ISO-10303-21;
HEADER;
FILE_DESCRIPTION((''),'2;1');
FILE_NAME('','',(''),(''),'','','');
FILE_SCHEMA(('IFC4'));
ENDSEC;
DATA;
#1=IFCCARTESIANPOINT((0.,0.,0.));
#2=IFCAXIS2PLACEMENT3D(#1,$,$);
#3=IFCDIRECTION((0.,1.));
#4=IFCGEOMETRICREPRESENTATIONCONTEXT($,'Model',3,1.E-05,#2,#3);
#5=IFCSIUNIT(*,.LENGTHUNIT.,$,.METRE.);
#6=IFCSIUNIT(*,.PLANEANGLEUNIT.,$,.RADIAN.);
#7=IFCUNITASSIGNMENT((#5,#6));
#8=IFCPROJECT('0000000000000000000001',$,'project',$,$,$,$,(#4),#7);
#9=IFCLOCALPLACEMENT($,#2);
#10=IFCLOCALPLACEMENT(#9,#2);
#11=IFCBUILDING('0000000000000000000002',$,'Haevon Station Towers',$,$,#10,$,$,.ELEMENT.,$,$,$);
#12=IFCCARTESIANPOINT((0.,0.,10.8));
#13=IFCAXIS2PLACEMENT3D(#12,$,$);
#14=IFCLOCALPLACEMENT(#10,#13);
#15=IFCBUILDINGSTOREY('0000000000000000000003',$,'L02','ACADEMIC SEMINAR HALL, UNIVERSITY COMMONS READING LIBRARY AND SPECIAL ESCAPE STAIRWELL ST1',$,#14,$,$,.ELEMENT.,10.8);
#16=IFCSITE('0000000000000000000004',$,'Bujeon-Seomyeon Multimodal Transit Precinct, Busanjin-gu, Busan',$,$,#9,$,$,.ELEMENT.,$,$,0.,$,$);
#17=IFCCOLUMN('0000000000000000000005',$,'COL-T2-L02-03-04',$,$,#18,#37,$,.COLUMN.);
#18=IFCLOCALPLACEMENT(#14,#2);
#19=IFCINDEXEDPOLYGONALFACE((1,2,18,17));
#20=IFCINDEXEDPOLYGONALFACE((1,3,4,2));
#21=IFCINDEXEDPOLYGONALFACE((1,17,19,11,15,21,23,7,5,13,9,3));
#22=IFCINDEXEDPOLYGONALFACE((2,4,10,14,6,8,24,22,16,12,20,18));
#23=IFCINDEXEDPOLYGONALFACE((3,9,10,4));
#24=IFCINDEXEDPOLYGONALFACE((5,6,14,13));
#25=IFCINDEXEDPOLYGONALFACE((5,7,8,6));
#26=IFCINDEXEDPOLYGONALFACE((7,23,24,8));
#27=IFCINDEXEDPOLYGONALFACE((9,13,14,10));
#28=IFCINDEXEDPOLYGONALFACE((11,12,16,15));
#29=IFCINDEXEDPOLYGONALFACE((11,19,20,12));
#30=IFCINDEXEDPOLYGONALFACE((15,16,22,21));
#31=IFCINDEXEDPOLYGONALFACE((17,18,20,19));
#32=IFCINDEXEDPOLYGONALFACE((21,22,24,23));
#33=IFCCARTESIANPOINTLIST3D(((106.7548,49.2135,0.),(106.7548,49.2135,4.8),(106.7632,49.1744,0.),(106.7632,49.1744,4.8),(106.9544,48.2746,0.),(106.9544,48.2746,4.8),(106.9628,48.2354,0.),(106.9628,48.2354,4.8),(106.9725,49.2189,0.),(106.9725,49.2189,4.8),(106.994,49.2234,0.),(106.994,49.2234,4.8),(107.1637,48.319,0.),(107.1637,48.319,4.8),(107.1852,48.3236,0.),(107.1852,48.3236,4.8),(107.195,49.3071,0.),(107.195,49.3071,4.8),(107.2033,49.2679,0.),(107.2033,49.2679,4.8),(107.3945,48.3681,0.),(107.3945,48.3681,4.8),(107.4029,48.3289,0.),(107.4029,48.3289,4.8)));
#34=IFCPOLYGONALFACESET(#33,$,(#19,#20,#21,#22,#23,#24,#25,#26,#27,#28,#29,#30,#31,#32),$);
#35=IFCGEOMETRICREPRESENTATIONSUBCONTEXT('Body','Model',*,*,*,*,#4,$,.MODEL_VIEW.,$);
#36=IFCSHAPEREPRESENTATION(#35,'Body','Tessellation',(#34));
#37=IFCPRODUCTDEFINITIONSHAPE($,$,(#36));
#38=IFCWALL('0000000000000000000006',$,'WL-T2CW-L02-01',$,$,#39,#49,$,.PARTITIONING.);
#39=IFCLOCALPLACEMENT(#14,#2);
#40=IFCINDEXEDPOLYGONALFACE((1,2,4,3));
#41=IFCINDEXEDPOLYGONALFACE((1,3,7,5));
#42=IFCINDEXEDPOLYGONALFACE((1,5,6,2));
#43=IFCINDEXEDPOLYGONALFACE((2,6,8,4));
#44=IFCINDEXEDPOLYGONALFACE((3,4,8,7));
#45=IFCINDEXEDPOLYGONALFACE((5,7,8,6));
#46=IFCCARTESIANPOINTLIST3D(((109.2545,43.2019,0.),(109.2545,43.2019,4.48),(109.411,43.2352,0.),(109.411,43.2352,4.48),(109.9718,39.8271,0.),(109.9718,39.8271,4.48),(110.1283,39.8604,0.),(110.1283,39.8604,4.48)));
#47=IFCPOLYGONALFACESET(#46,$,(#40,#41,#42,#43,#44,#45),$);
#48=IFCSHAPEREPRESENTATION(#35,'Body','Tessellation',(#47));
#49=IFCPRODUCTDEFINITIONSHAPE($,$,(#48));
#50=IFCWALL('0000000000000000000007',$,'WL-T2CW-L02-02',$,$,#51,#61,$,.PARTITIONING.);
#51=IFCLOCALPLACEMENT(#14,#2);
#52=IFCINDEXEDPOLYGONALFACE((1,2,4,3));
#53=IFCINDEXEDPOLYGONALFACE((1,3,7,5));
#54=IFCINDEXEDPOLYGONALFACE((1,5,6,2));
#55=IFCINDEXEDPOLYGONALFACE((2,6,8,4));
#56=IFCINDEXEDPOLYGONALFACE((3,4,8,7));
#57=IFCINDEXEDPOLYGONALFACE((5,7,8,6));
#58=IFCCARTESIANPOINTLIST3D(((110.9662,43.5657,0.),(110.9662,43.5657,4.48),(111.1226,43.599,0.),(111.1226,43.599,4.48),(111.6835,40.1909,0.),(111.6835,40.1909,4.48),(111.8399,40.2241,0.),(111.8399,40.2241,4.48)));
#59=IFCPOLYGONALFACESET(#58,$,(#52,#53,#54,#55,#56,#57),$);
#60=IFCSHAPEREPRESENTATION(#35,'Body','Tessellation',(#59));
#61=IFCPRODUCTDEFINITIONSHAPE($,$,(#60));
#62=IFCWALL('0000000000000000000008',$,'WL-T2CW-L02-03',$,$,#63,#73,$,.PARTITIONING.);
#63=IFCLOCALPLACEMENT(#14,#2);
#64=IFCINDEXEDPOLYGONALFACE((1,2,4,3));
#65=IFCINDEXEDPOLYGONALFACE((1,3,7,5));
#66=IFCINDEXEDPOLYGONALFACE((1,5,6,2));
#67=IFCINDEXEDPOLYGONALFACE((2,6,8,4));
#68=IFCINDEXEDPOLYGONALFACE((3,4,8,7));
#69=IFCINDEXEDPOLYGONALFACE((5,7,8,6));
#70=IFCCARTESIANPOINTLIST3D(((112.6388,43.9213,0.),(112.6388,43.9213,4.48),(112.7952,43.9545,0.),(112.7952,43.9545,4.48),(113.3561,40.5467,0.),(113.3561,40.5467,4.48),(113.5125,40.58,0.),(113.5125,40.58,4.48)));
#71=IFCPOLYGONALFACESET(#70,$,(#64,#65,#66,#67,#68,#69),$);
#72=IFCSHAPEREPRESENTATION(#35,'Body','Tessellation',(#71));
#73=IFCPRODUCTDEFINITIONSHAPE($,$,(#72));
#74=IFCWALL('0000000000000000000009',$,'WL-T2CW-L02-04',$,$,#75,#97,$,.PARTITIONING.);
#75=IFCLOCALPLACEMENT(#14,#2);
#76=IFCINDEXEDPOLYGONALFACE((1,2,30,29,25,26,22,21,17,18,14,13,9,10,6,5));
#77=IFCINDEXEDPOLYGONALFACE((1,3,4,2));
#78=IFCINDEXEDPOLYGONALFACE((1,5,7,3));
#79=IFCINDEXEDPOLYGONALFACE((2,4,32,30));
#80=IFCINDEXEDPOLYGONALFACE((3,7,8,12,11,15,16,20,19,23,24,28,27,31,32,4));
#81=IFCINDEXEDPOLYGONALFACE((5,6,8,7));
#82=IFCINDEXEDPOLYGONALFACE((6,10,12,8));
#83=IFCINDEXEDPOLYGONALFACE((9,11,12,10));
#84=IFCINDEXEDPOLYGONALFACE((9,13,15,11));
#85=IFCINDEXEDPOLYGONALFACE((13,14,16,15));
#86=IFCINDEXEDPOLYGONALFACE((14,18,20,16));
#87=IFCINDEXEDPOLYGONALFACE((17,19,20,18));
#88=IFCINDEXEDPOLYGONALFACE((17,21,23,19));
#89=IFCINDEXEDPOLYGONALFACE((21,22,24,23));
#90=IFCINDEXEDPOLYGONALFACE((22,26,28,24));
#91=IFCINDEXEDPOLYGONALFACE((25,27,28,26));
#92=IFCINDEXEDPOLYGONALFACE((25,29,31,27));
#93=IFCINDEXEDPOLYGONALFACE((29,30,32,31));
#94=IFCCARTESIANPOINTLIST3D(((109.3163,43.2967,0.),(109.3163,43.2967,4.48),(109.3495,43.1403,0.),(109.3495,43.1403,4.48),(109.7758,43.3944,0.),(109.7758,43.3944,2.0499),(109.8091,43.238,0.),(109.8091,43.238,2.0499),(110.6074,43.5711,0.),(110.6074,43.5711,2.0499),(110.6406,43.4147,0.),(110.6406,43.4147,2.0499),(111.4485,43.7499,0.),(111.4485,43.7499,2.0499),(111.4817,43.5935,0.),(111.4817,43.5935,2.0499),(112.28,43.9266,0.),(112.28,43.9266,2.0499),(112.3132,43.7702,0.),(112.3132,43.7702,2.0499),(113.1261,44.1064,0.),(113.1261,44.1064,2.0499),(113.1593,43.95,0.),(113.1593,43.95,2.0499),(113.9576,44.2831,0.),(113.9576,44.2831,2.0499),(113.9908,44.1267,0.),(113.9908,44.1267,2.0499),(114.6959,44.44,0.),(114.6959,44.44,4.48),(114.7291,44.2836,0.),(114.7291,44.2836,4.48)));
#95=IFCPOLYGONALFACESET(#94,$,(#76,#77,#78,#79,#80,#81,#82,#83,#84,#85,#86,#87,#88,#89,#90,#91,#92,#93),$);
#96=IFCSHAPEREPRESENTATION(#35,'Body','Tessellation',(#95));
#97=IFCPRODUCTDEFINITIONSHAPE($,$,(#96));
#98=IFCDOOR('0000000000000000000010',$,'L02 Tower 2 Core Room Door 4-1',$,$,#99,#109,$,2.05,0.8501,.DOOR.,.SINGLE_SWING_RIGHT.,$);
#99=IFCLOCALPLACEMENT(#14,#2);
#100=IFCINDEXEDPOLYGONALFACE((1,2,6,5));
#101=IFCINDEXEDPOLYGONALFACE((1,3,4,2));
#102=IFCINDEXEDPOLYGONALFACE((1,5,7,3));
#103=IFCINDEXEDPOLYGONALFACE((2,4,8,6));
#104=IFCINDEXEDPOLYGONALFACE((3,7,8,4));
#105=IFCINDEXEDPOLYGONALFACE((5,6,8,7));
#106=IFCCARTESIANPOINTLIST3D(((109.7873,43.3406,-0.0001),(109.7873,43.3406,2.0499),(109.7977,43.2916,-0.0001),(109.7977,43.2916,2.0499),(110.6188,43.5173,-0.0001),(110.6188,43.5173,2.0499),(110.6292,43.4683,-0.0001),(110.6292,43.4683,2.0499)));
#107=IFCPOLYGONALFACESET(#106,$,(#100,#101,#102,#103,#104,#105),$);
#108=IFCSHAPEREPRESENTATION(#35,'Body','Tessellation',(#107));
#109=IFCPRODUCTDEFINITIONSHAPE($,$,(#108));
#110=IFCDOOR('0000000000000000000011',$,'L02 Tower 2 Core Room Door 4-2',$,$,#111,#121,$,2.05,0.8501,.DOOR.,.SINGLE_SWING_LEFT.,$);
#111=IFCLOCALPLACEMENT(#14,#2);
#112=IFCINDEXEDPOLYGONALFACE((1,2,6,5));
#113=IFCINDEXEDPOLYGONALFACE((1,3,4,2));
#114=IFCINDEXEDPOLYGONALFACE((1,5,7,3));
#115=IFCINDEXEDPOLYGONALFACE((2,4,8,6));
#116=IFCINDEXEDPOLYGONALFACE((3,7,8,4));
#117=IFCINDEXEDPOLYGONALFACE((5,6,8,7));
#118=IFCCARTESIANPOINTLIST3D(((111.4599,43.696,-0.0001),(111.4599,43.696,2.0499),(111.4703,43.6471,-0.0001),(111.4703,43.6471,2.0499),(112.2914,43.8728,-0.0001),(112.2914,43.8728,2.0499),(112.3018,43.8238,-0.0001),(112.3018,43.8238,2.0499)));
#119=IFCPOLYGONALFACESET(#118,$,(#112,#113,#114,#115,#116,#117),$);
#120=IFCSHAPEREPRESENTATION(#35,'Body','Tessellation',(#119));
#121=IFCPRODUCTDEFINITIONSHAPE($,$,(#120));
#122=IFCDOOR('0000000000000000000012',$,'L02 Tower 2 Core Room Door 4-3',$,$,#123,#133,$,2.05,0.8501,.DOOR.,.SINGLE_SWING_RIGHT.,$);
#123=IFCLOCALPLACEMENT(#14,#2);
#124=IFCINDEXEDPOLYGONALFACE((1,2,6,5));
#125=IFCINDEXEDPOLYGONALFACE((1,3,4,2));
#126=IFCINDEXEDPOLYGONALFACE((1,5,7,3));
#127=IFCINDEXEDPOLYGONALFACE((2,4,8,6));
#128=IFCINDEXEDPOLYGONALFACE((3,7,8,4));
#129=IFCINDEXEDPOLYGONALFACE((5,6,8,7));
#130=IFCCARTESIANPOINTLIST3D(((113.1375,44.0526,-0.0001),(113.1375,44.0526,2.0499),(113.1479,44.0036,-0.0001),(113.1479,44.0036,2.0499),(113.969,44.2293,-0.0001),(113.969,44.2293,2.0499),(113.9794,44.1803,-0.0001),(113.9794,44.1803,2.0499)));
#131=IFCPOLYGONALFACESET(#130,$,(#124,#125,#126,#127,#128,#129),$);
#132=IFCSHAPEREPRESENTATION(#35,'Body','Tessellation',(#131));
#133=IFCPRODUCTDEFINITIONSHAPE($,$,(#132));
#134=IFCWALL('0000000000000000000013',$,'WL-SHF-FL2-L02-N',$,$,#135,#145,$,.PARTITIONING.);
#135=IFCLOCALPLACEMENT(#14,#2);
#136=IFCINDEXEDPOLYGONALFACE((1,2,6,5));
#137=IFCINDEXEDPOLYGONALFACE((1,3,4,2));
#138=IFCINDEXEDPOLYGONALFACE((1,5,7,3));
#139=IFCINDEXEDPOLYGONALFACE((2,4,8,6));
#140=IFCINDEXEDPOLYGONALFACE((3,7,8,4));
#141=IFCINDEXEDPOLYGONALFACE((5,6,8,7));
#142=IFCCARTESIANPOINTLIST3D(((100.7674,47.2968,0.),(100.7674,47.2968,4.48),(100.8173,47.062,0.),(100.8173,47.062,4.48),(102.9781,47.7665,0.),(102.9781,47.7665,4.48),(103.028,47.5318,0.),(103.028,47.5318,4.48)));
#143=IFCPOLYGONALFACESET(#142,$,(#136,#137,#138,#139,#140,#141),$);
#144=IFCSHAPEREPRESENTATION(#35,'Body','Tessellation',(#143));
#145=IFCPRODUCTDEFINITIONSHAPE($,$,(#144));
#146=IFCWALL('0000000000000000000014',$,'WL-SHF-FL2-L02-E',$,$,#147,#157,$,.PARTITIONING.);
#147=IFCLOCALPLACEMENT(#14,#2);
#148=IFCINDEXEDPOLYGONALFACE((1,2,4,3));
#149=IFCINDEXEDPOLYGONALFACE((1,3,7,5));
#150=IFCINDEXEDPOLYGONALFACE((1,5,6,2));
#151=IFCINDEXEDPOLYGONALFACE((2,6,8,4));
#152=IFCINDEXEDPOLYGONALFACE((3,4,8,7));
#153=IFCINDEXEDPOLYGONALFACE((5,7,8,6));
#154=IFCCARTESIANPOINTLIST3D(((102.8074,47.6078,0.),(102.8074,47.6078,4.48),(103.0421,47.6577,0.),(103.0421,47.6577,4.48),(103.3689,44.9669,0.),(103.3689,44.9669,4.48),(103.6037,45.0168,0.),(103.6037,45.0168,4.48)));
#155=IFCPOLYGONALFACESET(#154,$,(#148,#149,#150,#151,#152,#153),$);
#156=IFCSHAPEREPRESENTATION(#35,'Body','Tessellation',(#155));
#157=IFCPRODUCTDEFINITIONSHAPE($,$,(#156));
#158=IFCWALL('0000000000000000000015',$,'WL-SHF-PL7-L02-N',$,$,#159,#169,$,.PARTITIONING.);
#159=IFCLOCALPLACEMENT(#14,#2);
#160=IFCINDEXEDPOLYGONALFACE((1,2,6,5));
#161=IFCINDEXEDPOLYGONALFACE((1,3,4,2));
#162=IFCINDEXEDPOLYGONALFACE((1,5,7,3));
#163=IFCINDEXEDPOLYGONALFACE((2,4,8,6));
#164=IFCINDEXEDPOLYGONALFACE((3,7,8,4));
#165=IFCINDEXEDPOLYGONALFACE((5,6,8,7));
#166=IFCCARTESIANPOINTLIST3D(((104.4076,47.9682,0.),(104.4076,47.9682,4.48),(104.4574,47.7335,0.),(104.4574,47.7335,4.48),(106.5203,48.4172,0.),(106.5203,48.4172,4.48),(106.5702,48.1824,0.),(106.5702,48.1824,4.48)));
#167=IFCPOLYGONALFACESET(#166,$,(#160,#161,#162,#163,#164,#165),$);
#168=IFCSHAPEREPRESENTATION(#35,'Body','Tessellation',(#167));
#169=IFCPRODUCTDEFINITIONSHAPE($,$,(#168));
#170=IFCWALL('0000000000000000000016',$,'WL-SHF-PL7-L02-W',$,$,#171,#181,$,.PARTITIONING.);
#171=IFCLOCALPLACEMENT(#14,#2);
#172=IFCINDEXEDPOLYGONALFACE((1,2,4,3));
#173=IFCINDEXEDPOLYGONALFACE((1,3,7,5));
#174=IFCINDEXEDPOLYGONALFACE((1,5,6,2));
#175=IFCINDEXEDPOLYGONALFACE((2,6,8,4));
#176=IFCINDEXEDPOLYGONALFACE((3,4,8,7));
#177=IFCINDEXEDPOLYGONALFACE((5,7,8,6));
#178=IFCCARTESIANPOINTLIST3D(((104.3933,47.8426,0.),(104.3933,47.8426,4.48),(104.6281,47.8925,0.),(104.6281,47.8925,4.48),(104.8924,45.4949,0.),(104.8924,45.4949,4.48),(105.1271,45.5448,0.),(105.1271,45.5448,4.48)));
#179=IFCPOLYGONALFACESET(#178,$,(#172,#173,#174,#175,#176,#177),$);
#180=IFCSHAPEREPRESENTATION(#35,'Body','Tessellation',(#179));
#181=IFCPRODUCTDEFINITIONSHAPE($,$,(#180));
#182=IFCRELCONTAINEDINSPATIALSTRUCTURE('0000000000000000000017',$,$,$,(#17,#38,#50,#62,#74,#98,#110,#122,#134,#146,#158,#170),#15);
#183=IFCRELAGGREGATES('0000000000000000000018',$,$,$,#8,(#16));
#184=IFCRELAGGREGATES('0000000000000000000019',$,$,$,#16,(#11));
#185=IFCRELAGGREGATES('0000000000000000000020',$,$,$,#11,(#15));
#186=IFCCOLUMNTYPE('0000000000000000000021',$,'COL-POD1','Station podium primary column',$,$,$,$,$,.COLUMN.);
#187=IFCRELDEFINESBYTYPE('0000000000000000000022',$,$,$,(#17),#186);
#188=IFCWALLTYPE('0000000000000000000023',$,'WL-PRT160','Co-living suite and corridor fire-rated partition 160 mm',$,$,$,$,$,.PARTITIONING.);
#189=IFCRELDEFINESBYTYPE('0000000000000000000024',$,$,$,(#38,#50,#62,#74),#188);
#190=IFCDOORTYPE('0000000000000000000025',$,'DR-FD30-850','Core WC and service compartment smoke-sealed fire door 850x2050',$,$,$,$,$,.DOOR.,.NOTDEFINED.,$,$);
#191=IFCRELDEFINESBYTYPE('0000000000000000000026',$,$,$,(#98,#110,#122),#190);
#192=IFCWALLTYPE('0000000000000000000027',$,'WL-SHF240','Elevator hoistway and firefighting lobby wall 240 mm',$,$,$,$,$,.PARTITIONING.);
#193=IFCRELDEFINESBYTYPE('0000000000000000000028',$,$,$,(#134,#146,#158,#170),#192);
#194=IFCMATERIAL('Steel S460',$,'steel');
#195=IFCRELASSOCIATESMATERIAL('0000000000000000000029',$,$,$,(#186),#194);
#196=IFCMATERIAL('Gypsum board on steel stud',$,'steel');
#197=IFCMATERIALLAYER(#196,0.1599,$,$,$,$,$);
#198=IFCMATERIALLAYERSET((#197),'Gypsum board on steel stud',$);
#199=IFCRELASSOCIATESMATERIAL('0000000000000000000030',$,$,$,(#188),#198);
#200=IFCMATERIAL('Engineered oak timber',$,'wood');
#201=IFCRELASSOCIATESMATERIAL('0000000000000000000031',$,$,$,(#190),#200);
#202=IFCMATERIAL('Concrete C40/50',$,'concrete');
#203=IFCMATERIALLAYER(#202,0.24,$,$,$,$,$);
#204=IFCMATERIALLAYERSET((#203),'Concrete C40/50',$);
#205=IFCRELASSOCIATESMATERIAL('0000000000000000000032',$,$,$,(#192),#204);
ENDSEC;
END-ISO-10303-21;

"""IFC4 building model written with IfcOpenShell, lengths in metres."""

from ifc_helpers import new_model, si_unit, direction, frame, frame_2d, origin, origin_2d, place, context, subcontext, project, spatial, rectangle, i_section, extrude, material, layer, layer_set, material_profile, profile_set, type_object, element, fill, save


model = new_model("IFC4")

# Units and contexts
model_context = context("Model", 3, precision=1e-05, world=origin(), true_north=direction((0.0, 1.0)))
body_context = subcontext(model_context, "Body", "Model", "MODEL_VIEW")
ifc_project = project(units=[si_unit("LENGTHUNIT", "METRE"), si_unit("PLANEANGLEUNIT", "RADIAN")], contexts=[model_context])

# Site, building, storey
site_placement = place(None, origin())
site = spatial("IfcSite", under=ifc_project, at=site_placement, Name="Bujeon-Seomyeon Multimodal Transit Precinct, Busanjin-gu, Busan", CompositionType="ELEMENT", RefElevation=0.0)
building_placement = place(site_placement, origin())
building = spatial("IfcBuilding", under=site, at=building_placement, Name="Haevon Station Towers", CompositionType="ELEMENT")
storey_placement = place(building_placement, frame((0.0, 0.0, 10.8)))
storey = spatial("IfcBuildingStorey", under=building, at=storey_placement, Name="L02", Description="ACADEMIC SEMINAR HALL, UNIVERSITY COMMONS READING LIBRARY AND SPECIAL ESCAPE STAIRWELL ST1", CompositionType="ELEMENT", Elevation=10.8)

# Column
ifc_material_1 = material(Name="Steel S460", Category="steel")
ifc_material_profile = material_profile(ifc_material_1, i_section(OverallWidth=0.45, OverallDepth=1.0, WebThickness=0.022, FlangeThickness=0.04, at=origin_2d()), Name="H-1000x450x22x40")
ifc_profile_set = profile_set([ifc_material_profile], Name="Steel S460")
column_type = type_object("IfcColumnType", Name="COL-POD1", Description="Station podium primary column", PredefinedType="COLUMN", material=ifc_profile_set)
column_placement = place(storey_placement, frame((107.0789, 48.7712, 0.0), z_axis=(0.0, 0.0, 1.0), x_axis=(0.978148, 0.207912, 0.0)))
element("IfcColumn", 1, at=column_placement, inside=storey, type_object=column_type, Name="COL-T2-L02-03-04", PredefinedType="COLUMN", context=body_context, shape_type="SweptSolid", body=[
    extrude(i_section(OverallWidth=0.45, OverallDepth=1.0, WebThickness=0.022, FlangeThickness=0.04, at=origin_2d()), origin(), (0.0, 0.0, 1.0), 4.8),
])

# Walls
ifc_material_2 = material(Name="Gypsum board on steel stud", Category="steel")
ifc_layer_1 = layer(ifc_material_2, 0.1599)
ifc_layer_set_1 = layer_set([ifc_layer_1], Name="Gypsum board on steel stud")
wall_type_1 = type_object("IfcWallType", Name="WL-PRT160", Description="Co-living suite and corridor fire-rated partition 160 mm", PredefinedType="PARTITIONING", material=ifc_layer_set_1)
for number, where, z_axis, x_axis, name in (
    (2, (110.05, 39.8438, 0.0), (0.0, 0.0, 1.0), (-0.2079, 0.97815, 0.0), "WL-T2CW-L02-01"),
    (3, (111.7617, 40.2075, 0.0), (0.0, 0.0, 1.0), (-0.2079, 0.97815, 0.0), "WL-T2CW-L02-02"),
):
    element("IfcWall", number, at=place(storey_placement, frame(where, z_axis=z_axis, x_axis=x_axis)), inside=storey, type_object=wall_type_1, Name=name, PredefinedType="PARTITIONING", context=body_context, shape_type="SweptSolid", body=[
        extrude(rectangle(XDim=3.4502, YDim=0.1599, at=frame_2d((1.7251, 0.0))), origin(), (0.0, 0.0, 1.0), 4.48),
    ])
wall_1_placement = place(storey_placement, frame((113.4343, 40.5632, 0.0), z_axis=(0.0, 0.0, 1.0), x_axis=(-0.207915, 0.978147, 0.0)))
element("IfcWall", 4, at=wall_1_placement, inside=storey, type_object=wall_type_1, Name="WL-T2CW-L02-03", PredefinedType="PARTITIONING", context=body_context, shape_type="SweptSolid", body=[
    extrude(rectangle(XDim=3.45, YDim=0.1599, at=frame_2d((1.7251, 0.0))), origin(), (0.0, 0.0, 1.0), 4.48),
])

# Wall, openings, doors
wall_2_placement = place(storey_placement, frame((109.3328, 43.2185, 0.0), z_axis=(0.0, 0.0, 1.0), x_axis=(0.978154, 0.207883, 0.0)))
wall_2 = element("IfcWall", 5, at=wall_2_placement, inside=storey, type_object=wall_type_1, Name="WL-T2CW-L02-04", PredefinedType="PARTITIONING", context=body_context, shape_type="SweptSolid", body=[
    extrude(rectangle(XDim=5.4998, YDim=0.1599, at=frame_2d((2.75, 0.0))), origin(), (0.0, 0.0, 1.0), 4.48),
])
opening_1_placement = place(wall_2_placement, frame((0.47, 0.0, 0.0)))
opening_1 = element("IfcOpeningElement", 6, at=opening_1_placement, cuts=wall_2, PredefinedType="OPENING", context=body_context, shape_type="SweptSolid", body=[
    extrude(rectangle(XDim=0.8501, YDim=2.05, at=frame_2d((0.425, 1.0249))), frame((0.0, 0.0898, 0.0), z_axis=(0.0, -1.0, 0.0), x_axis=(1.0, 0.0, 0.0)), (0.0, 0.0, 1.0), 0.1799),
])
opening_2_placement = place(wall_2_placement, frame((2.1799, 0.0, 0.0)))
opening_2 = element("IfcOpeningElement", 7, at=opening_2_placement, cuts=wall_2, PredefinedType="OPENING", context=body_context, shape_type="SweptSolid", body=[
    extrude(rectangle(XDim=0.8501, YDim=2.05, at=frame_2d((0.425, 1.0249))), frame((0.0, 0.0898, 0.0), z_axis=(0.0, -1.0, 0.0), x_axis=(1.0, 0.0, 0.0)), (0.0, 0.0, 1.0), 0.1799),
])
opening_3_placement = place(wall_2_placement, frame((3.895, 0.0, 0.0)))
opening_3 = element("IfcOpeningElement", 8, at=opening_3_placement, cuts=wall_2, PredefinedType="OPENING", context=body_context, shape_type="SweptSolid", body=[
    extrude(rectangle(XDim=0.8501, YDim=2.05, at=frame_2d((0.425, 1.0249))), frame((0.0, 0.0898, 0.0), z_axis=(0.0, -1.0, 0.0), x_axis=(1.0, 0.0, 0.0)), (0.0, 0.0, 1.0), 0.1799),
])
ifc_material_3 = material(Name="Engineered oak timber", Category="wood")
door_type_1 = type_object("IfcDoorType", Name="DR-FD30-850", Description="Core WC and service compartment smoke-sealed fire door 850x2050", OperationType="NOTDEFINED", PredefinedType="DOOR", material=ifc_material_3)
door_1_placement = place(opening_1_placement, origin())
door_1 = element("IfcDoor", 9, at=door_1_placement, inside=storey, type_object=door_type_1, Name="L02 Tower 2 Core Room Door 4-1", OperationType="SINGLE_SWING_RIGHT", OverallHeight=2.05, OverallWidth=0.8501, PredefinedType="DOOR", context=body_context, shape_type="SweptSolid", body=[
    extrude(rectangle(XDim=0.8501, YDim=2.05, at=frame_2d((0.425, 1.0249))), frame((0.0, 0.0249, 0.0), z_axis=(0.0, -1.0, 0.0), x_axis=(1.0, 0.0, 0.0)), (0.0, 0.0, 1.0), 0.05),
])
fill(opening_1, door_1)
door_2_placement = place(opening_2_placement, origin())
door_2 = element("IfcDoor", 10, at=door_2_placement, inside=storey, type_object=door_type_1, Name="L02 Tower 2 Core Room Door 4-2", OperationType="SINGLE_SWING_LEFT", OverallHeight=2.05, OverallWidth=0.8501, PredefinedType="DOOR", context=body_context, shape_type="SweptSolid", body=[
    extrude(rectangle(XDim=0.8501, YDim=2.05, at=frame_2d((0.425, 1.0249))), frame((0.0, 0.0249, 0.0), z_axis=(0.0, -1.0, 0.0), x_axis=(1.0, 0.0, 0.0)), (0.0, 0.0, 1.0), 0.05),
])
fill(opening_2, door_2)
door_3_placement = place(opening_3_placement, origin())
door_3 = element("IfcDoor", 11, at=door_3_placement, inside=storey, type_object=door_type_1, Name="L02 Tower 2 Core Room Door 4-3", OperationType="SINGLE_SWING_RIGHT", OverallHeight=2.05, OverallWidth=0.8501, PredefinedType="DOOR", context=body_context, shape_type="SweptSolid", body=[
    extrude(rectangle(XDim=0.8501, YDim=2.05, at=frame_2d((0.425, 1.0249))), frame((0.0, 0.0249, 0.0), z_axis=(0.0, -1.0, 0.0), x_axis=(1.0, 0.0, 0.0)), (0.0, 0.0, 1.0), 0.05),
])
fill(opening_3, door_3)

# Shared definitions
ifc_material_4 = material(Name="Concrete C40/50", Category="concrete")
ifc_layer_2 = layer(ifc_material_4, 0.24)
ifc_layer_set_2 = layer_set([ifc_layer_2], Name="Concrete C40/50")
wall_type_2 = type_object("IfcWallType", Name="WL-SHF240", Description="Elevator hoistway and firefighting lobby wall 240 mm", PredefinedType="PARTITIONING", material=ifc_layer_set_2)

# Walls
wall_3_placement = place(storey_placement, frame((100.7925, 47.1794, 0.0), z_axis=(0.0, 0.0, 1.0), x_axis=(0.978163, 0.207839, 0.0)))
element("IfcWall", 12, at=wall_3_placement, inside=storey, type_object=wall_type_2, Name="WL-SHF-FL2-L02-N", PredefinedType="PARTITIONING", context=body_context, shape_type="SweptSolid", body=[
    extrude(rectangle(XDim=2.26, YDim=0.24, at=frame_2d((1.1299, 0.0))), origin(), (0.0, 0.0, 1.0), 4.48),
])
wall_4_placement = place(storey_placement, frame((103.4863, 44.9917, 0.0), z_axis=(0.0, 0.0, 1.0), x_axis=(-0.207979, 0.978133, 0.0)))
element("IfcWall", 13, at=wall_4_placement, inside=storey, type_object=wall_type_2, Name="WL-SHF-FL2-L02-E", PredefinedType="PARTITIONING", context=body_context, shape_type="SweptSolid", body=[
    extrude(rectangle(XDim=2.7, YDim=0.24, at=frame_2d((1.3501, 0.0))), origin(), (0.0, 0.0, 1.0), 4.48),
])

# Walls
wall_5_placement = place(storey_placement, frame((104.4324, 47.8508, 0.0), z_axis=(0.0, 0.0, 1.0), x_axis=(0.978158, 0.207861, 0.0)))
element("IfcWall", 14, at=wall_5_placement, inside=storey, type_object=wall_type_2, Name="WL-SHF-PL7-L02-N", PredefinedType="PARTITIONING", context=body_context, shape_type="SweptSolid", body=[
    extrude(rectangle(XDim=2.1599, YDim=0.24, at=frame_2d((1.0801, 0.0))), origin(), (0.0, 0.0, 1.0), 4.48),
])
wall_6_placement = place(storey_placement, frame((105.0098, 45.5198, 0.0), z_axis=(0.0, 0.0, 1.0), x_axis=(-0.207917, 0.978146, 0.0)))
element("IfcWall", 15, at=wall_6_placement, inside=storey, type_object=wall_type_2, Name="WL-SHF-PL7-L02-W", PredefinedType="PARTITIONING", context=body_context, shape_type="SweptSolid", body=[
    extrude(rectangle(XDim=2.4001, YDim=0.24, at=frame_2d((1.2002, 0.0))), origin(), (0.0, 0.0, 1.0), 4.48),
])

save(model, "model.ifc")
